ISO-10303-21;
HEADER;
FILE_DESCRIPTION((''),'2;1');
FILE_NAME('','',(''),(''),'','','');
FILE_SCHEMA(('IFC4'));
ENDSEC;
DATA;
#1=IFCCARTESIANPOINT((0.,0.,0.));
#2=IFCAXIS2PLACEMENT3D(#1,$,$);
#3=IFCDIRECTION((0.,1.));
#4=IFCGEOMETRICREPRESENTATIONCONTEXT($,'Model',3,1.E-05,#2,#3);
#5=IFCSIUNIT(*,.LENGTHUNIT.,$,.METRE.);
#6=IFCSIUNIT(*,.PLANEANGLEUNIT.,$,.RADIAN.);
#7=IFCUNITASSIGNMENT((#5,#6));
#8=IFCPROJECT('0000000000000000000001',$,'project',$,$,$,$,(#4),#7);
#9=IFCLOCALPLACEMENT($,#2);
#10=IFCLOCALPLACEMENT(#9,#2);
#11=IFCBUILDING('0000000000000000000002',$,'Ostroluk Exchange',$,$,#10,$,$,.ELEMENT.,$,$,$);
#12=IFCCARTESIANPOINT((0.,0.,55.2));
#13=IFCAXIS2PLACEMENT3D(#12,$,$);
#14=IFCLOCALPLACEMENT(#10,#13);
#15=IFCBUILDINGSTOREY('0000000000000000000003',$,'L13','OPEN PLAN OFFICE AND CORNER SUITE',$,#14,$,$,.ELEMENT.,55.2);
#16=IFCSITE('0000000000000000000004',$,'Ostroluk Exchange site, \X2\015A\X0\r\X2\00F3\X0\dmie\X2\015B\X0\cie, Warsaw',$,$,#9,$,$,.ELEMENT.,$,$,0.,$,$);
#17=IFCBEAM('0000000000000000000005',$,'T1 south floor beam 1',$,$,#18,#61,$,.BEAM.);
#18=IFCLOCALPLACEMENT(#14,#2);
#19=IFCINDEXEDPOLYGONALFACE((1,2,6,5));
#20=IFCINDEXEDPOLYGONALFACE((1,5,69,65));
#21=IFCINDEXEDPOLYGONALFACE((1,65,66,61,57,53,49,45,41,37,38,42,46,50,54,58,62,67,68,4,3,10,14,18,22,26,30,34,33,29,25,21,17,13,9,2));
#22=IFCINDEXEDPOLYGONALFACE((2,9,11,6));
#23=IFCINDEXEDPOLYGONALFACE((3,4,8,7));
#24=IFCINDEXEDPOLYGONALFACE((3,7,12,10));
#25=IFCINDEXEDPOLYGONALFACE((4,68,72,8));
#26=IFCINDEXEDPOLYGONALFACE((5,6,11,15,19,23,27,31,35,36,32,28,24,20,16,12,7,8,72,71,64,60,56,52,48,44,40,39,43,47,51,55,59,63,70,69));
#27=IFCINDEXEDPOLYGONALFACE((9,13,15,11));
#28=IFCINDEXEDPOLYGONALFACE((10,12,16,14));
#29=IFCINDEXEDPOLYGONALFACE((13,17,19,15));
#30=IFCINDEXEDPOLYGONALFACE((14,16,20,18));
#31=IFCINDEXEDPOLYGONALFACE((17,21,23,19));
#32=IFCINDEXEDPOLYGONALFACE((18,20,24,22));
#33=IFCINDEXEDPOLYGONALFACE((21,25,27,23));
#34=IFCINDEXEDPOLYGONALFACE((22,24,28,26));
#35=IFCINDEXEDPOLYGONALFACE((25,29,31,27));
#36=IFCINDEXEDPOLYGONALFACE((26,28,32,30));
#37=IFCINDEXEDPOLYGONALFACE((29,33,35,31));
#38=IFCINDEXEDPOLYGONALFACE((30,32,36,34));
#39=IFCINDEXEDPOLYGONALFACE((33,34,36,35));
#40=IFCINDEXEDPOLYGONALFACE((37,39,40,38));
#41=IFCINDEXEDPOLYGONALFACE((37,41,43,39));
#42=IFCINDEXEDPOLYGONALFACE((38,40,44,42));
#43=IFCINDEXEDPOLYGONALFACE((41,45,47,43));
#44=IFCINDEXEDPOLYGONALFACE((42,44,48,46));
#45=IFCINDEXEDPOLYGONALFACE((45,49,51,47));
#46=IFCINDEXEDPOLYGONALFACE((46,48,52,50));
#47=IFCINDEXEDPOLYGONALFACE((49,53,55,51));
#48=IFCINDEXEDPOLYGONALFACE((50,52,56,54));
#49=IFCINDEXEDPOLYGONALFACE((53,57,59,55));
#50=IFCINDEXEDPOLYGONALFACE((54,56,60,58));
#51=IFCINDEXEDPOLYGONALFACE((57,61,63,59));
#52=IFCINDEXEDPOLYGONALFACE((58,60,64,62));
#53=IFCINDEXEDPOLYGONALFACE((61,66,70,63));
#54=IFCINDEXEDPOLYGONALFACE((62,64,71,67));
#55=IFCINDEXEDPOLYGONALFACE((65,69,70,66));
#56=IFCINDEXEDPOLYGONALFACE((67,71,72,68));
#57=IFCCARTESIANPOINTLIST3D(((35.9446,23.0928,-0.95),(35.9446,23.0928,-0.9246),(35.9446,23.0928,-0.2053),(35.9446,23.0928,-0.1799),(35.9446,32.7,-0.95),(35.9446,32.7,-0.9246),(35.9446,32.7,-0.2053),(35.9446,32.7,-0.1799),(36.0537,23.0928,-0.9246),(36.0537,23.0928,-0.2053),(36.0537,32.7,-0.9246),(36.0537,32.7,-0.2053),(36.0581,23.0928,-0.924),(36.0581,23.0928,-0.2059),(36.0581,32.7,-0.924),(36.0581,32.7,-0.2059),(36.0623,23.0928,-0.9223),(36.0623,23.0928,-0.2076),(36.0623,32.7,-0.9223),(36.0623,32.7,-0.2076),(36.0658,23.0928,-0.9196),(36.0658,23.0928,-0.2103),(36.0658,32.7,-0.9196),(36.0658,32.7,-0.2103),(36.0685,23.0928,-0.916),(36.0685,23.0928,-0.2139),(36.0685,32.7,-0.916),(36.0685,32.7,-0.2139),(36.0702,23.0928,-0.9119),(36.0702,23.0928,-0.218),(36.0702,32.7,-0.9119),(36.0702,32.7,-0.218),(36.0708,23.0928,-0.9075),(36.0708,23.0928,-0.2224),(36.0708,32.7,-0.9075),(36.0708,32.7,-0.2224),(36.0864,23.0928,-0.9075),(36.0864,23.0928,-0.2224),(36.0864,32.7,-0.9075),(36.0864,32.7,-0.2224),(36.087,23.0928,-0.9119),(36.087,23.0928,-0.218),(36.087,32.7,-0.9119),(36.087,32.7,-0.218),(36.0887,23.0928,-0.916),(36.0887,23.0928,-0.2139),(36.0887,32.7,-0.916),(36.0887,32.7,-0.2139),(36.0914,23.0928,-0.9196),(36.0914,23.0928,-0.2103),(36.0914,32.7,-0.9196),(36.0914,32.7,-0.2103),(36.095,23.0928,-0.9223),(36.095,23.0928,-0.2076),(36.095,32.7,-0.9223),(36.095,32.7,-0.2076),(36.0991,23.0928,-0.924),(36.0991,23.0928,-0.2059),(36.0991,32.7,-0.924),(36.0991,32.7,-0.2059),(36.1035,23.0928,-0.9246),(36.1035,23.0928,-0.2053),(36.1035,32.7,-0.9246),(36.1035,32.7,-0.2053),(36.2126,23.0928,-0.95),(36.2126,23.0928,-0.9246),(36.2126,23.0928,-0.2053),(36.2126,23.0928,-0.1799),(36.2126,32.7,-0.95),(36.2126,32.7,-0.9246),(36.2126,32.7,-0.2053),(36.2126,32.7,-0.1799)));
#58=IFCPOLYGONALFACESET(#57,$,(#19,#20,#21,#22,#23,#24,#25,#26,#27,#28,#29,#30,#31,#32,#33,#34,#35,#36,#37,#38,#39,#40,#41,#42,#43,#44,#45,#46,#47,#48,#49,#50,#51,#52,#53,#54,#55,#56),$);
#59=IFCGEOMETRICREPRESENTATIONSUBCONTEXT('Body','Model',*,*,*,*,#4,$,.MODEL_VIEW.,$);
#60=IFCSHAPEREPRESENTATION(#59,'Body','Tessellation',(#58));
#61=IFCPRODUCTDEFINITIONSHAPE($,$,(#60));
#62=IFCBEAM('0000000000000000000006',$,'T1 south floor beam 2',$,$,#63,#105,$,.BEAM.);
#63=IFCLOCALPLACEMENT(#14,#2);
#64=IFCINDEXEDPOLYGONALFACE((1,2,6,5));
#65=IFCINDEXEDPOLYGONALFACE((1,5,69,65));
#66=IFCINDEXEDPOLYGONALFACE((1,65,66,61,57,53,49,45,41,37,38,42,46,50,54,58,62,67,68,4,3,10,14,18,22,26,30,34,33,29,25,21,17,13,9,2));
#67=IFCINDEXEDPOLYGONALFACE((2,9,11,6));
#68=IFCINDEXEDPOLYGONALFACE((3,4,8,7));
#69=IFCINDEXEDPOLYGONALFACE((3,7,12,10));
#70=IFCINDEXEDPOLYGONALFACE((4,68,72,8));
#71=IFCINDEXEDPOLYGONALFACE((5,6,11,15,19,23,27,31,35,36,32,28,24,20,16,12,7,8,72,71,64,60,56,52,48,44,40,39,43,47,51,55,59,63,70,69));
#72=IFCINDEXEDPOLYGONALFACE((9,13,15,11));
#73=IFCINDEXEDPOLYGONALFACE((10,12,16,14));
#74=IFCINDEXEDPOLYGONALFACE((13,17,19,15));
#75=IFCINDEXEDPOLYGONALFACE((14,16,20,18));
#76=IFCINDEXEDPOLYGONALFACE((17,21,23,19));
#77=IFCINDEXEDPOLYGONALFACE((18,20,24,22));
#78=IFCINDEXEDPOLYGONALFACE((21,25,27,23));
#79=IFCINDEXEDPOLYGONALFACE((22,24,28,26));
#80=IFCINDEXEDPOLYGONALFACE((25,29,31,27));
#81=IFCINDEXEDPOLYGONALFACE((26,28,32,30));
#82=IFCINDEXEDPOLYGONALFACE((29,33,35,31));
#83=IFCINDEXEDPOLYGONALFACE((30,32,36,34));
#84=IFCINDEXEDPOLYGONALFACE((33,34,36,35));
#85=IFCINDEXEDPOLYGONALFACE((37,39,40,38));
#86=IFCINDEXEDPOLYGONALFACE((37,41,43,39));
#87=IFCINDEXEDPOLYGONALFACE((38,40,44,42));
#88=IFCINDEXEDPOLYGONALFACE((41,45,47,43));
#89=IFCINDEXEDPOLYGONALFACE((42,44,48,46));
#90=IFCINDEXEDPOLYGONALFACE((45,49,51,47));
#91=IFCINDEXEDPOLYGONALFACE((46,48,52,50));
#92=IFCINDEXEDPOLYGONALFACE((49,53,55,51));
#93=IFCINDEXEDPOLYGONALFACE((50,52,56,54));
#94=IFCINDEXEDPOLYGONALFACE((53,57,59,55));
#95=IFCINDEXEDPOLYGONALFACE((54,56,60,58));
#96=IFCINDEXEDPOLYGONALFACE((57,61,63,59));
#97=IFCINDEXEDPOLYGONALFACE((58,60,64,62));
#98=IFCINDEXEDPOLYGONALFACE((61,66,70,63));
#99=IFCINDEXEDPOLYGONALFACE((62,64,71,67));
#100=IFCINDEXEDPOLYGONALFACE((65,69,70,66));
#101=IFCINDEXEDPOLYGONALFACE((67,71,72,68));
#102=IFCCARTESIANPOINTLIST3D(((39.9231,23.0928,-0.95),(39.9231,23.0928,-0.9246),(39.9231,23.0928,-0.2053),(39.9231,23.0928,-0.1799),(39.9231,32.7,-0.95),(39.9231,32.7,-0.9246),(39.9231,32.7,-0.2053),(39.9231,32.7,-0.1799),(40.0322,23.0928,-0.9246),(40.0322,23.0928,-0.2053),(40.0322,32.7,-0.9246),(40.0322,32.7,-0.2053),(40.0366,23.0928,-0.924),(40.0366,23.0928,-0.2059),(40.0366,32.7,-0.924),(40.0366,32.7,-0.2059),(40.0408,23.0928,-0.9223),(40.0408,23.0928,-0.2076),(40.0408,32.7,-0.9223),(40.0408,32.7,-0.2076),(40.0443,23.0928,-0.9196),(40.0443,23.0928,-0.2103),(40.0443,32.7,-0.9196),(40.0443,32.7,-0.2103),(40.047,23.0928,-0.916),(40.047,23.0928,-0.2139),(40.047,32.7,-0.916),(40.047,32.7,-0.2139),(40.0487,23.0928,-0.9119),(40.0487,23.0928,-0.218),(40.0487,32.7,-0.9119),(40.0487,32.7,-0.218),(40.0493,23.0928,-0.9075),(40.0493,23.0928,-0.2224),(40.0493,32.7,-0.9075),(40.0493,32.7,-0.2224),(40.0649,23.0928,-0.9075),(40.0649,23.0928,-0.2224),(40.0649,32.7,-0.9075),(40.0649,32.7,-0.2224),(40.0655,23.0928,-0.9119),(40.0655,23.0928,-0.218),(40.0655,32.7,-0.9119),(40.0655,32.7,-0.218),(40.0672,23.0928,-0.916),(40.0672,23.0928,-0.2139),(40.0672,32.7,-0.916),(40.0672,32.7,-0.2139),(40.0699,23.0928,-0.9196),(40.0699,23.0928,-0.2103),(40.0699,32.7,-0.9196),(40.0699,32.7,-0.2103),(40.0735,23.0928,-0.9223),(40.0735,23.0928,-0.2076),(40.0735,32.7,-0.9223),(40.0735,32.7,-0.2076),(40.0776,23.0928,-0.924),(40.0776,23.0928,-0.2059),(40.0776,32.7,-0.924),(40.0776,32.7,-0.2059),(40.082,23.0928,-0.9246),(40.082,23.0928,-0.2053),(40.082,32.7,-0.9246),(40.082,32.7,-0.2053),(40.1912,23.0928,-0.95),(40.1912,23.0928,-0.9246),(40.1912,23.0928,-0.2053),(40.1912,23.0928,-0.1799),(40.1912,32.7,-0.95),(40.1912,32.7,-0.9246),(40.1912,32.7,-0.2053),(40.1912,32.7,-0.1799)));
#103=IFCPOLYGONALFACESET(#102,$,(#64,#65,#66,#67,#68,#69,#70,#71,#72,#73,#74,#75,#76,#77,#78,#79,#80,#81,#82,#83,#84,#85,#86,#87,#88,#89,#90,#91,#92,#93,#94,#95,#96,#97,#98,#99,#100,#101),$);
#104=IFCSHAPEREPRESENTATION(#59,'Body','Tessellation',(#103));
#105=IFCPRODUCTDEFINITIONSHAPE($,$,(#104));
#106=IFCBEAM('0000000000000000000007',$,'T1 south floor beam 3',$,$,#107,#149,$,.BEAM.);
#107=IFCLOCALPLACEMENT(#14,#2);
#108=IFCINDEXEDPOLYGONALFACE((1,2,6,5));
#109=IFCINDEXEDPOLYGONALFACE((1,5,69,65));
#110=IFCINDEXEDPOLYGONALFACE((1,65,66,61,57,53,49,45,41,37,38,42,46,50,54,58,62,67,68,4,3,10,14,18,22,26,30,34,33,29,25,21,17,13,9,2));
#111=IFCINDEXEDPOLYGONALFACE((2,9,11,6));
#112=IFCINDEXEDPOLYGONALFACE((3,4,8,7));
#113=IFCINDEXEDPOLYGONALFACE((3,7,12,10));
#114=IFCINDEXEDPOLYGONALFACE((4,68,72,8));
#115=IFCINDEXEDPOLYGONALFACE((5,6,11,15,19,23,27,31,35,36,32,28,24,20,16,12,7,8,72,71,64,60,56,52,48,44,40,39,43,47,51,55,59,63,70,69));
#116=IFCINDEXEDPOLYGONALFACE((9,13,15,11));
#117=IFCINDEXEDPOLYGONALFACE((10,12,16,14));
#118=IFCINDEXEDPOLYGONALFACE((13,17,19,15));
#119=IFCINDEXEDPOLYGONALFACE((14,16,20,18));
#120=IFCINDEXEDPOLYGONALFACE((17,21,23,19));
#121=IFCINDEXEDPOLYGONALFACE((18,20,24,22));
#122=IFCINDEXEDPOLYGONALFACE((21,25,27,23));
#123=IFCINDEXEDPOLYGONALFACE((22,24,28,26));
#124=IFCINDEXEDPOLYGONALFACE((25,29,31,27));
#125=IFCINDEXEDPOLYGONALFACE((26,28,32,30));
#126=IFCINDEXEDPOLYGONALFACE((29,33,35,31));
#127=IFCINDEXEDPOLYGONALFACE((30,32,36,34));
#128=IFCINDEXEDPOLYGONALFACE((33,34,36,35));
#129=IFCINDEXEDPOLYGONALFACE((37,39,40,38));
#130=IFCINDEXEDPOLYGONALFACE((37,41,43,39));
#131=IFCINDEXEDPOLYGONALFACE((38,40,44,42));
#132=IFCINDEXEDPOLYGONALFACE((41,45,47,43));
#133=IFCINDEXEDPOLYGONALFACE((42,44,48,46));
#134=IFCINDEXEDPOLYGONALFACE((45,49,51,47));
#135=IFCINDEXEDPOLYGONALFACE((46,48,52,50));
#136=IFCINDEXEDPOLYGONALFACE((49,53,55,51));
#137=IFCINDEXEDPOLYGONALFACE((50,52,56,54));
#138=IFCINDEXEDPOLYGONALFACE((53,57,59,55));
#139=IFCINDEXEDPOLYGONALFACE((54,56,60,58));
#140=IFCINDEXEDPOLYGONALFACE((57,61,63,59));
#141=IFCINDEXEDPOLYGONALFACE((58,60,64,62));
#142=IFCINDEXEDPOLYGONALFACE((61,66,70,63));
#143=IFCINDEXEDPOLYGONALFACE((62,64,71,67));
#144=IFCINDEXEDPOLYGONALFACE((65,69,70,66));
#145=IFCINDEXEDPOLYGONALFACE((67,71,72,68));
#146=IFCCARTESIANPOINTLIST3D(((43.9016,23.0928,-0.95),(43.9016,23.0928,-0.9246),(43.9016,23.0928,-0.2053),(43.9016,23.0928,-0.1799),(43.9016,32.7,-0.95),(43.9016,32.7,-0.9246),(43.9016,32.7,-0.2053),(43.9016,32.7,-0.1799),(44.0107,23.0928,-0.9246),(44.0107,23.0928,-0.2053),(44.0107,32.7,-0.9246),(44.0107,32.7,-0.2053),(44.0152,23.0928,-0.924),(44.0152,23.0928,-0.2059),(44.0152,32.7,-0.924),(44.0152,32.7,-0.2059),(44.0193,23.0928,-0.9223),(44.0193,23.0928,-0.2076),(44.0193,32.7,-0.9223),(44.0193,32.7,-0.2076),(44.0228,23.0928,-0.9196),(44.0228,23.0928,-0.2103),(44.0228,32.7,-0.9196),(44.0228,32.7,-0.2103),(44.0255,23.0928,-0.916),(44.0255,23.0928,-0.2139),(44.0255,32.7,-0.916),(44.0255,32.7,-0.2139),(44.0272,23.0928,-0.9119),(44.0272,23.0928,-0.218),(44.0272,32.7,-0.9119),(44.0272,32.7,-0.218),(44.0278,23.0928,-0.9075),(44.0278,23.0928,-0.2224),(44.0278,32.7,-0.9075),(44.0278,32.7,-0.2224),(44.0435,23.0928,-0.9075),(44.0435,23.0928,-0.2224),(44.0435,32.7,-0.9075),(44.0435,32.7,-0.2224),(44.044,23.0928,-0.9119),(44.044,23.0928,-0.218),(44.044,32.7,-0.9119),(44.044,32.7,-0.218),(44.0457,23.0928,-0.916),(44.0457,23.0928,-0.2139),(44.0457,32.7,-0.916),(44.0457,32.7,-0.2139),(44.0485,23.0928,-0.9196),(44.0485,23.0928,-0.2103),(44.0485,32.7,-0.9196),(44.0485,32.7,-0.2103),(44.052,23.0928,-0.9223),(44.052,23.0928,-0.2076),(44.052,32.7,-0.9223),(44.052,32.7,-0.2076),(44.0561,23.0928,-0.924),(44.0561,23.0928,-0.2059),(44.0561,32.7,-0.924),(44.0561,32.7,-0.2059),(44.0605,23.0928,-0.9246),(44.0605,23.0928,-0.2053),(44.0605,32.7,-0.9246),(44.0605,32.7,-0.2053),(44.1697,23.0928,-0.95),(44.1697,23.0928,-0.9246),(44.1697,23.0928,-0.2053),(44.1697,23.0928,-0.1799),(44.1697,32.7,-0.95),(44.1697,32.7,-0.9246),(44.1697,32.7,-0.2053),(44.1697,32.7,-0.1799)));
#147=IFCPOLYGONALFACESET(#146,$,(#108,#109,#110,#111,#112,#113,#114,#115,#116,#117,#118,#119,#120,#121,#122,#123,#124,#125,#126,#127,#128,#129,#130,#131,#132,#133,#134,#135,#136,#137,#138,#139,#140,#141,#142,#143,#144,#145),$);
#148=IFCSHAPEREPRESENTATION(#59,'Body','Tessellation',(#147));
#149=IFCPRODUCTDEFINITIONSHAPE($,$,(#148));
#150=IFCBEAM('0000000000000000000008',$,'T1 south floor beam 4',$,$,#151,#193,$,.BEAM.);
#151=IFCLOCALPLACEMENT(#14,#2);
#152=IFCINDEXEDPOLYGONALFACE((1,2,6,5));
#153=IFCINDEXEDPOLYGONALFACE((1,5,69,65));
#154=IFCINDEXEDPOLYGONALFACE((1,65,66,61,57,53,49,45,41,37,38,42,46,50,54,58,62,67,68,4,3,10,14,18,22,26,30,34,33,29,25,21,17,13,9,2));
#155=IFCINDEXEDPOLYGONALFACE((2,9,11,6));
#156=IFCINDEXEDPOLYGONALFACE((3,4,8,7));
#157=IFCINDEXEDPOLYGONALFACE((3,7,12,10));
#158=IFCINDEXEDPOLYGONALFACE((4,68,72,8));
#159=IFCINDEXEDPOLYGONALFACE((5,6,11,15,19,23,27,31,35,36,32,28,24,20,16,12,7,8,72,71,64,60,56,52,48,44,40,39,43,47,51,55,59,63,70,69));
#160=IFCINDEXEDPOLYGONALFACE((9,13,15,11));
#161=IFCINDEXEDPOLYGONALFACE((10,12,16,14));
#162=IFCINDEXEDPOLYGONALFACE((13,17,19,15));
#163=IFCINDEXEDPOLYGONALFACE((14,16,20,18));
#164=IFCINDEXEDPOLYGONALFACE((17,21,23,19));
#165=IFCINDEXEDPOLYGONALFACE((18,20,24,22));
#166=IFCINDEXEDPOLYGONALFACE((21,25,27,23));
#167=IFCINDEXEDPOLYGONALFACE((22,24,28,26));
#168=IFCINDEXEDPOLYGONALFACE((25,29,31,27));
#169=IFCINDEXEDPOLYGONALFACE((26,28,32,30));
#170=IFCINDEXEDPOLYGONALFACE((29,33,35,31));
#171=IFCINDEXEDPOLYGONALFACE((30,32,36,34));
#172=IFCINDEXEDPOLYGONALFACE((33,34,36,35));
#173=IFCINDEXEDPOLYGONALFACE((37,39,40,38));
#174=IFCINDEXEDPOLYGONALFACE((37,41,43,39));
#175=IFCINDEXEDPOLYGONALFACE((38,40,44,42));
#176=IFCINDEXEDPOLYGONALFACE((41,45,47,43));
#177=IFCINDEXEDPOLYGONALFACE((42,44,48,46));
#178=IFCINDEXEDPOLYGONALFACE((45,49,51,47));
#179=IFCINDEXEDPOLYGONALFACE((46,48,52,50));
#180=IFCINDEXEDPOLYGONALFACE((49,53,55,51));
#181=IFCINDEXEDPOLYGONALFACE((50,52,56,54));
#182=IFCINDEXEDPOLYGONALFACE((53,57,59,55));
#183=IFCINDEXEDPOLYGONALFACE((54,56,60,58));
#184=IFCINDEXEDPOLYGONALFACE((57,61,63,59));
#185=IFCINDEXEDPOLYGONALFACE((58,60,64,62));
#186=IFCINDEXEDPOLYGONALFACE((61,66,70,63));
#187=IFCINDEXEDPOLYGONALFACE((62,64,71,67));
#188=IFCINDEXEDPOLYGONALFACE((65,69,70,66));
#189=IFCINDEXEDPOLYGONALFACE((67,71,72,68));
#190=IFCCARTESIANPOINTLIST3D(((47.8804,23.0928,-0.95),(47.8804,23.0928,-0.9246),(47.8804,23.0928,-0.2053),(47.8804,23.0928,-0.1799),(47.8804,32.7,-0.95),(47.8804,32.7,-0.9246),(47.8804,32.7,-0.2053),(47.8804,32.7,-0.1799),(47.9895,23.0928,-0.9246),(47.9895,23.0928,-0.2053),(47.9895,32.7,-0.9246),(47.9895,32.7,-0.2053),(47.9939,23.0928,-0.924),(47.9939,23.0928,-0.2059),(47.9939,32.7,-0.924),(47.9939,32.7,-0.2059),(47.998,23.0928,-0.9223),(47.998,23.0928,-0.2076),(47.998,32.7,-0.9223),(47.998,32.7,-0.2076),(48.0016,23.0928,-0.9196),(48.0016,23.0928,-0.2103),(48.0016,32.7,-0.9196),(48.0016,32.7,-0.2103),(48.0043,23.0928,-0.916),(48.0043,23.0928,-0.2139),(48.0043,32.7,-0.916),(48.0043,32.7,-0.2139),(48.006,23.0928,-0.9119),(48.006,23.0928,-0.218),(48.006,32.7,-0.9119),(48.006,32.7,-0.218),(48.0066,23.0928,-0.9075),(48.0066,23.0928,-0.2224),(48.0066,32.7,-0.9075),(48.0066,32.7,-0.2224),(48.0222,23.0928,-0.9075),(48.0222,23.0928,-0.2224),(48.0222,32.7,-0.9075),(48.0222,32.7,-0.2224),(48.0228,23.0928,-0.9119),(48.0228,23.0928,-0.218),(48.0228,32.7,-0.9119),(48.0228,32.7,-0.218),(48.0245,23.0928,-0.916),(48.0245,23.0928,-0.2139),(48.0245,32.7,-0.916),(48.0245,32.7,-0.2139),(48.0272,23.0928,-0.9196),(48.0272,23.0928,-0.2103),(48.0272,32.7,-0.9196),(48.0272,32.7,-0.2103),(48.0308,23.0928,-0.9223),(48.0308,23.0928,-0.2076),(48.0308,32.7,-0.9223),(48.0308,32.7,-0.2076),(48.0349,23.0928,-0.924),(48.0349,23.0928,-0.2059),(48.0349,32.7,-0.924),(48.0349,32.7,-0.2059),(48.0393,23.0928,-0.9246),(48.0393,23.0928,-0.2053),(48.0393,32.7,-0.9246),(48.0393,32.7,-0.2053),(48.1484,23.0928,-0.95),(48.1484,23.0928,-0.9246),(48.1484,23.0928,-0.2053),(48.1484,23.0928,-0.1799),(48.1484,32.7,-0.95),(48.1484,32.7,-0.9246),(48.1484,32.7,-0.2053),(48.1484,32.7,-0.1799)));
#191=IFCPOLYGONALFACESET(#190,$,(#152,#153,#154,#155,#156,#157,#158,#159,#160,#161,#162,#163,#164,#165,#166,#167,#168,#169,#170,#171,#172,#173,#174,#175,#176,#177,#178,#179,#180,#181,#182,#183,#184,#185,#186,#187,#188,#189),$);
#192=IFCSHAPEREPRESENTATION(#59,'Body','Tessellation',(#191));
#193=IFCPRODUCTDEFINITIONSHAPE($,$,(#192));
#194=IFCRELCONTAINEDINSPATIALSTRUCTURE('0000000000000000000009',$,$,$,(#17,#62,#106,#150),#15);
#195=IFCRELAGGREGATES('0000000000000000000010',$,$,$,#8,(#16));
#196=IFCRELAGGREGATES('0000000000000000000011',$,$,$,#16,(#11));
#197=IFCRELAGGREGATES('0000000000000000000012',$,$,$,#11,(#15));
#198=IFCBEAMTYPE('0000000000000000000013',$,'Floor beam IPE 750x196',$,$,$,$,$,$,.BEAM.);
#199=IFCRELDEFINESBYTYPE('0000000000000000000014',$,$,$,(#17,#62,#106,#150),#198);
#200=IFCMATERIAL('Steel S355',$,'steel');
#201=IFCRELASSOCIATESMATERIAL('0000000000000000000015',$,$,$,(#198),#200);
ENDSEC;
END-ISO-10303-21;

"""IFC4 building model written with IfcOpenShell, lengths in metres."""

from ifc_helpers import new_model, si_unit, direction, frame, origin, origin_2d, place, context, subcontext, project, spatial, i_section, extrude, material, material_profile, profile_set, type_object, element, save


model = new_model("IFC4")

# Units and contexts
model_context = context("Model", 3, precision=1e-05, world=origin(), true_north=direction((0.0, 1.0)))
body_context = subcontext(model_context, "Body", "Model", "MODEL_VIEW")
ifc_project = project(units=[si_unit("LENGTHUNIT", "METRE"), si_unit("PLANEANGLEUNIT", "RADIAN")], contexts=[model_context])

# Site, building, storey
site_placement = place(None, origin())
site = spatial("IfcSite", under=ifc_project, at=site_placement, Name="Ostroluk Exchange site, Śródmieście, Warsaw", CompositionType="ELEMENT", RefElevation=0.0)
building_placement = place(site_placement, origin())
building = spatial("IfcBuilding", under=site, at=building_placement, Name="Ostroluk Exchange", CompositionType="ELEMENT")
storey_placement = place(building_placement, frame((0.0, 0.0, 55.2)))
storey = spatial("IfcBuildingStorey", under=building, at=storey_placement, Name="L13", Description="OPEN PLAN OFFICE AND CORNER SUITE", CompositionType="ELEMENT", Elevation=55.2)

# Beams
ifc_material_1 = material(Name="Steel S355", Category="steel")
ifc_material_profile = material_profile(ifc_material_1, i_section(OverallWidth=0.2681, OverallDepth=0.77, WebThickness=0.0156, FlangeThickness=0.0254, FilletRadius=0.0171, at=origin_2d()), Name="IPE 750x196")
ifc_profile_set = profile_set([ifc_material_profile], Name="Steel S355")
beam_type = type_object("IfcBeamType", Name="Floor beam IPE 750x196", PredefinedType="BEAM", material=ifc_profile_set)
for number, where, z_axis, x_axis, name in (
    (1, (36.0786, 32.7, -0.5649), (0.0, -1.0, 0.0), (1.0, 0.0, 0.0), "T1 south floor beam 1"),
    (2, (40.0571, 32.7, -0.5649), (0.0, -1.0, 0.0), (1.0, 0.0, 0.0), "T1 south floor beam 2"),
    (3, (44.0356, 32.7, -0.5649), (0.0, -1.0, 0.0), (1.0, 0.0, 0.0), "T1 south floor beam 3"),
    (4, (48.0144, 32.7, -0.5649), (0.0, -1.0, 0.0), (1.0, 0.0, 0.0), "T1 south floor beam 4"),
):
    element("IfcBeam", number, at=place(storey_placement, frame(where, z_axis=z_axis, x_axis=x_axis)), inside=storey, type_object=beam_type, Name=name, PredefinedType="BEAM", context=body_context, shape_type="SweptSolid", body=[
        extrude(i_section(OverallWidth=0.2681, OverallDepth=0.77, WebThickness=0.0156, FlangeThickness=0.0254, FilletRadius=0.0171, at=origin_2d()), origin(), (0.0, 0.0, 1.0), 9.6072),
    ])

save(model, "model.ifc")
